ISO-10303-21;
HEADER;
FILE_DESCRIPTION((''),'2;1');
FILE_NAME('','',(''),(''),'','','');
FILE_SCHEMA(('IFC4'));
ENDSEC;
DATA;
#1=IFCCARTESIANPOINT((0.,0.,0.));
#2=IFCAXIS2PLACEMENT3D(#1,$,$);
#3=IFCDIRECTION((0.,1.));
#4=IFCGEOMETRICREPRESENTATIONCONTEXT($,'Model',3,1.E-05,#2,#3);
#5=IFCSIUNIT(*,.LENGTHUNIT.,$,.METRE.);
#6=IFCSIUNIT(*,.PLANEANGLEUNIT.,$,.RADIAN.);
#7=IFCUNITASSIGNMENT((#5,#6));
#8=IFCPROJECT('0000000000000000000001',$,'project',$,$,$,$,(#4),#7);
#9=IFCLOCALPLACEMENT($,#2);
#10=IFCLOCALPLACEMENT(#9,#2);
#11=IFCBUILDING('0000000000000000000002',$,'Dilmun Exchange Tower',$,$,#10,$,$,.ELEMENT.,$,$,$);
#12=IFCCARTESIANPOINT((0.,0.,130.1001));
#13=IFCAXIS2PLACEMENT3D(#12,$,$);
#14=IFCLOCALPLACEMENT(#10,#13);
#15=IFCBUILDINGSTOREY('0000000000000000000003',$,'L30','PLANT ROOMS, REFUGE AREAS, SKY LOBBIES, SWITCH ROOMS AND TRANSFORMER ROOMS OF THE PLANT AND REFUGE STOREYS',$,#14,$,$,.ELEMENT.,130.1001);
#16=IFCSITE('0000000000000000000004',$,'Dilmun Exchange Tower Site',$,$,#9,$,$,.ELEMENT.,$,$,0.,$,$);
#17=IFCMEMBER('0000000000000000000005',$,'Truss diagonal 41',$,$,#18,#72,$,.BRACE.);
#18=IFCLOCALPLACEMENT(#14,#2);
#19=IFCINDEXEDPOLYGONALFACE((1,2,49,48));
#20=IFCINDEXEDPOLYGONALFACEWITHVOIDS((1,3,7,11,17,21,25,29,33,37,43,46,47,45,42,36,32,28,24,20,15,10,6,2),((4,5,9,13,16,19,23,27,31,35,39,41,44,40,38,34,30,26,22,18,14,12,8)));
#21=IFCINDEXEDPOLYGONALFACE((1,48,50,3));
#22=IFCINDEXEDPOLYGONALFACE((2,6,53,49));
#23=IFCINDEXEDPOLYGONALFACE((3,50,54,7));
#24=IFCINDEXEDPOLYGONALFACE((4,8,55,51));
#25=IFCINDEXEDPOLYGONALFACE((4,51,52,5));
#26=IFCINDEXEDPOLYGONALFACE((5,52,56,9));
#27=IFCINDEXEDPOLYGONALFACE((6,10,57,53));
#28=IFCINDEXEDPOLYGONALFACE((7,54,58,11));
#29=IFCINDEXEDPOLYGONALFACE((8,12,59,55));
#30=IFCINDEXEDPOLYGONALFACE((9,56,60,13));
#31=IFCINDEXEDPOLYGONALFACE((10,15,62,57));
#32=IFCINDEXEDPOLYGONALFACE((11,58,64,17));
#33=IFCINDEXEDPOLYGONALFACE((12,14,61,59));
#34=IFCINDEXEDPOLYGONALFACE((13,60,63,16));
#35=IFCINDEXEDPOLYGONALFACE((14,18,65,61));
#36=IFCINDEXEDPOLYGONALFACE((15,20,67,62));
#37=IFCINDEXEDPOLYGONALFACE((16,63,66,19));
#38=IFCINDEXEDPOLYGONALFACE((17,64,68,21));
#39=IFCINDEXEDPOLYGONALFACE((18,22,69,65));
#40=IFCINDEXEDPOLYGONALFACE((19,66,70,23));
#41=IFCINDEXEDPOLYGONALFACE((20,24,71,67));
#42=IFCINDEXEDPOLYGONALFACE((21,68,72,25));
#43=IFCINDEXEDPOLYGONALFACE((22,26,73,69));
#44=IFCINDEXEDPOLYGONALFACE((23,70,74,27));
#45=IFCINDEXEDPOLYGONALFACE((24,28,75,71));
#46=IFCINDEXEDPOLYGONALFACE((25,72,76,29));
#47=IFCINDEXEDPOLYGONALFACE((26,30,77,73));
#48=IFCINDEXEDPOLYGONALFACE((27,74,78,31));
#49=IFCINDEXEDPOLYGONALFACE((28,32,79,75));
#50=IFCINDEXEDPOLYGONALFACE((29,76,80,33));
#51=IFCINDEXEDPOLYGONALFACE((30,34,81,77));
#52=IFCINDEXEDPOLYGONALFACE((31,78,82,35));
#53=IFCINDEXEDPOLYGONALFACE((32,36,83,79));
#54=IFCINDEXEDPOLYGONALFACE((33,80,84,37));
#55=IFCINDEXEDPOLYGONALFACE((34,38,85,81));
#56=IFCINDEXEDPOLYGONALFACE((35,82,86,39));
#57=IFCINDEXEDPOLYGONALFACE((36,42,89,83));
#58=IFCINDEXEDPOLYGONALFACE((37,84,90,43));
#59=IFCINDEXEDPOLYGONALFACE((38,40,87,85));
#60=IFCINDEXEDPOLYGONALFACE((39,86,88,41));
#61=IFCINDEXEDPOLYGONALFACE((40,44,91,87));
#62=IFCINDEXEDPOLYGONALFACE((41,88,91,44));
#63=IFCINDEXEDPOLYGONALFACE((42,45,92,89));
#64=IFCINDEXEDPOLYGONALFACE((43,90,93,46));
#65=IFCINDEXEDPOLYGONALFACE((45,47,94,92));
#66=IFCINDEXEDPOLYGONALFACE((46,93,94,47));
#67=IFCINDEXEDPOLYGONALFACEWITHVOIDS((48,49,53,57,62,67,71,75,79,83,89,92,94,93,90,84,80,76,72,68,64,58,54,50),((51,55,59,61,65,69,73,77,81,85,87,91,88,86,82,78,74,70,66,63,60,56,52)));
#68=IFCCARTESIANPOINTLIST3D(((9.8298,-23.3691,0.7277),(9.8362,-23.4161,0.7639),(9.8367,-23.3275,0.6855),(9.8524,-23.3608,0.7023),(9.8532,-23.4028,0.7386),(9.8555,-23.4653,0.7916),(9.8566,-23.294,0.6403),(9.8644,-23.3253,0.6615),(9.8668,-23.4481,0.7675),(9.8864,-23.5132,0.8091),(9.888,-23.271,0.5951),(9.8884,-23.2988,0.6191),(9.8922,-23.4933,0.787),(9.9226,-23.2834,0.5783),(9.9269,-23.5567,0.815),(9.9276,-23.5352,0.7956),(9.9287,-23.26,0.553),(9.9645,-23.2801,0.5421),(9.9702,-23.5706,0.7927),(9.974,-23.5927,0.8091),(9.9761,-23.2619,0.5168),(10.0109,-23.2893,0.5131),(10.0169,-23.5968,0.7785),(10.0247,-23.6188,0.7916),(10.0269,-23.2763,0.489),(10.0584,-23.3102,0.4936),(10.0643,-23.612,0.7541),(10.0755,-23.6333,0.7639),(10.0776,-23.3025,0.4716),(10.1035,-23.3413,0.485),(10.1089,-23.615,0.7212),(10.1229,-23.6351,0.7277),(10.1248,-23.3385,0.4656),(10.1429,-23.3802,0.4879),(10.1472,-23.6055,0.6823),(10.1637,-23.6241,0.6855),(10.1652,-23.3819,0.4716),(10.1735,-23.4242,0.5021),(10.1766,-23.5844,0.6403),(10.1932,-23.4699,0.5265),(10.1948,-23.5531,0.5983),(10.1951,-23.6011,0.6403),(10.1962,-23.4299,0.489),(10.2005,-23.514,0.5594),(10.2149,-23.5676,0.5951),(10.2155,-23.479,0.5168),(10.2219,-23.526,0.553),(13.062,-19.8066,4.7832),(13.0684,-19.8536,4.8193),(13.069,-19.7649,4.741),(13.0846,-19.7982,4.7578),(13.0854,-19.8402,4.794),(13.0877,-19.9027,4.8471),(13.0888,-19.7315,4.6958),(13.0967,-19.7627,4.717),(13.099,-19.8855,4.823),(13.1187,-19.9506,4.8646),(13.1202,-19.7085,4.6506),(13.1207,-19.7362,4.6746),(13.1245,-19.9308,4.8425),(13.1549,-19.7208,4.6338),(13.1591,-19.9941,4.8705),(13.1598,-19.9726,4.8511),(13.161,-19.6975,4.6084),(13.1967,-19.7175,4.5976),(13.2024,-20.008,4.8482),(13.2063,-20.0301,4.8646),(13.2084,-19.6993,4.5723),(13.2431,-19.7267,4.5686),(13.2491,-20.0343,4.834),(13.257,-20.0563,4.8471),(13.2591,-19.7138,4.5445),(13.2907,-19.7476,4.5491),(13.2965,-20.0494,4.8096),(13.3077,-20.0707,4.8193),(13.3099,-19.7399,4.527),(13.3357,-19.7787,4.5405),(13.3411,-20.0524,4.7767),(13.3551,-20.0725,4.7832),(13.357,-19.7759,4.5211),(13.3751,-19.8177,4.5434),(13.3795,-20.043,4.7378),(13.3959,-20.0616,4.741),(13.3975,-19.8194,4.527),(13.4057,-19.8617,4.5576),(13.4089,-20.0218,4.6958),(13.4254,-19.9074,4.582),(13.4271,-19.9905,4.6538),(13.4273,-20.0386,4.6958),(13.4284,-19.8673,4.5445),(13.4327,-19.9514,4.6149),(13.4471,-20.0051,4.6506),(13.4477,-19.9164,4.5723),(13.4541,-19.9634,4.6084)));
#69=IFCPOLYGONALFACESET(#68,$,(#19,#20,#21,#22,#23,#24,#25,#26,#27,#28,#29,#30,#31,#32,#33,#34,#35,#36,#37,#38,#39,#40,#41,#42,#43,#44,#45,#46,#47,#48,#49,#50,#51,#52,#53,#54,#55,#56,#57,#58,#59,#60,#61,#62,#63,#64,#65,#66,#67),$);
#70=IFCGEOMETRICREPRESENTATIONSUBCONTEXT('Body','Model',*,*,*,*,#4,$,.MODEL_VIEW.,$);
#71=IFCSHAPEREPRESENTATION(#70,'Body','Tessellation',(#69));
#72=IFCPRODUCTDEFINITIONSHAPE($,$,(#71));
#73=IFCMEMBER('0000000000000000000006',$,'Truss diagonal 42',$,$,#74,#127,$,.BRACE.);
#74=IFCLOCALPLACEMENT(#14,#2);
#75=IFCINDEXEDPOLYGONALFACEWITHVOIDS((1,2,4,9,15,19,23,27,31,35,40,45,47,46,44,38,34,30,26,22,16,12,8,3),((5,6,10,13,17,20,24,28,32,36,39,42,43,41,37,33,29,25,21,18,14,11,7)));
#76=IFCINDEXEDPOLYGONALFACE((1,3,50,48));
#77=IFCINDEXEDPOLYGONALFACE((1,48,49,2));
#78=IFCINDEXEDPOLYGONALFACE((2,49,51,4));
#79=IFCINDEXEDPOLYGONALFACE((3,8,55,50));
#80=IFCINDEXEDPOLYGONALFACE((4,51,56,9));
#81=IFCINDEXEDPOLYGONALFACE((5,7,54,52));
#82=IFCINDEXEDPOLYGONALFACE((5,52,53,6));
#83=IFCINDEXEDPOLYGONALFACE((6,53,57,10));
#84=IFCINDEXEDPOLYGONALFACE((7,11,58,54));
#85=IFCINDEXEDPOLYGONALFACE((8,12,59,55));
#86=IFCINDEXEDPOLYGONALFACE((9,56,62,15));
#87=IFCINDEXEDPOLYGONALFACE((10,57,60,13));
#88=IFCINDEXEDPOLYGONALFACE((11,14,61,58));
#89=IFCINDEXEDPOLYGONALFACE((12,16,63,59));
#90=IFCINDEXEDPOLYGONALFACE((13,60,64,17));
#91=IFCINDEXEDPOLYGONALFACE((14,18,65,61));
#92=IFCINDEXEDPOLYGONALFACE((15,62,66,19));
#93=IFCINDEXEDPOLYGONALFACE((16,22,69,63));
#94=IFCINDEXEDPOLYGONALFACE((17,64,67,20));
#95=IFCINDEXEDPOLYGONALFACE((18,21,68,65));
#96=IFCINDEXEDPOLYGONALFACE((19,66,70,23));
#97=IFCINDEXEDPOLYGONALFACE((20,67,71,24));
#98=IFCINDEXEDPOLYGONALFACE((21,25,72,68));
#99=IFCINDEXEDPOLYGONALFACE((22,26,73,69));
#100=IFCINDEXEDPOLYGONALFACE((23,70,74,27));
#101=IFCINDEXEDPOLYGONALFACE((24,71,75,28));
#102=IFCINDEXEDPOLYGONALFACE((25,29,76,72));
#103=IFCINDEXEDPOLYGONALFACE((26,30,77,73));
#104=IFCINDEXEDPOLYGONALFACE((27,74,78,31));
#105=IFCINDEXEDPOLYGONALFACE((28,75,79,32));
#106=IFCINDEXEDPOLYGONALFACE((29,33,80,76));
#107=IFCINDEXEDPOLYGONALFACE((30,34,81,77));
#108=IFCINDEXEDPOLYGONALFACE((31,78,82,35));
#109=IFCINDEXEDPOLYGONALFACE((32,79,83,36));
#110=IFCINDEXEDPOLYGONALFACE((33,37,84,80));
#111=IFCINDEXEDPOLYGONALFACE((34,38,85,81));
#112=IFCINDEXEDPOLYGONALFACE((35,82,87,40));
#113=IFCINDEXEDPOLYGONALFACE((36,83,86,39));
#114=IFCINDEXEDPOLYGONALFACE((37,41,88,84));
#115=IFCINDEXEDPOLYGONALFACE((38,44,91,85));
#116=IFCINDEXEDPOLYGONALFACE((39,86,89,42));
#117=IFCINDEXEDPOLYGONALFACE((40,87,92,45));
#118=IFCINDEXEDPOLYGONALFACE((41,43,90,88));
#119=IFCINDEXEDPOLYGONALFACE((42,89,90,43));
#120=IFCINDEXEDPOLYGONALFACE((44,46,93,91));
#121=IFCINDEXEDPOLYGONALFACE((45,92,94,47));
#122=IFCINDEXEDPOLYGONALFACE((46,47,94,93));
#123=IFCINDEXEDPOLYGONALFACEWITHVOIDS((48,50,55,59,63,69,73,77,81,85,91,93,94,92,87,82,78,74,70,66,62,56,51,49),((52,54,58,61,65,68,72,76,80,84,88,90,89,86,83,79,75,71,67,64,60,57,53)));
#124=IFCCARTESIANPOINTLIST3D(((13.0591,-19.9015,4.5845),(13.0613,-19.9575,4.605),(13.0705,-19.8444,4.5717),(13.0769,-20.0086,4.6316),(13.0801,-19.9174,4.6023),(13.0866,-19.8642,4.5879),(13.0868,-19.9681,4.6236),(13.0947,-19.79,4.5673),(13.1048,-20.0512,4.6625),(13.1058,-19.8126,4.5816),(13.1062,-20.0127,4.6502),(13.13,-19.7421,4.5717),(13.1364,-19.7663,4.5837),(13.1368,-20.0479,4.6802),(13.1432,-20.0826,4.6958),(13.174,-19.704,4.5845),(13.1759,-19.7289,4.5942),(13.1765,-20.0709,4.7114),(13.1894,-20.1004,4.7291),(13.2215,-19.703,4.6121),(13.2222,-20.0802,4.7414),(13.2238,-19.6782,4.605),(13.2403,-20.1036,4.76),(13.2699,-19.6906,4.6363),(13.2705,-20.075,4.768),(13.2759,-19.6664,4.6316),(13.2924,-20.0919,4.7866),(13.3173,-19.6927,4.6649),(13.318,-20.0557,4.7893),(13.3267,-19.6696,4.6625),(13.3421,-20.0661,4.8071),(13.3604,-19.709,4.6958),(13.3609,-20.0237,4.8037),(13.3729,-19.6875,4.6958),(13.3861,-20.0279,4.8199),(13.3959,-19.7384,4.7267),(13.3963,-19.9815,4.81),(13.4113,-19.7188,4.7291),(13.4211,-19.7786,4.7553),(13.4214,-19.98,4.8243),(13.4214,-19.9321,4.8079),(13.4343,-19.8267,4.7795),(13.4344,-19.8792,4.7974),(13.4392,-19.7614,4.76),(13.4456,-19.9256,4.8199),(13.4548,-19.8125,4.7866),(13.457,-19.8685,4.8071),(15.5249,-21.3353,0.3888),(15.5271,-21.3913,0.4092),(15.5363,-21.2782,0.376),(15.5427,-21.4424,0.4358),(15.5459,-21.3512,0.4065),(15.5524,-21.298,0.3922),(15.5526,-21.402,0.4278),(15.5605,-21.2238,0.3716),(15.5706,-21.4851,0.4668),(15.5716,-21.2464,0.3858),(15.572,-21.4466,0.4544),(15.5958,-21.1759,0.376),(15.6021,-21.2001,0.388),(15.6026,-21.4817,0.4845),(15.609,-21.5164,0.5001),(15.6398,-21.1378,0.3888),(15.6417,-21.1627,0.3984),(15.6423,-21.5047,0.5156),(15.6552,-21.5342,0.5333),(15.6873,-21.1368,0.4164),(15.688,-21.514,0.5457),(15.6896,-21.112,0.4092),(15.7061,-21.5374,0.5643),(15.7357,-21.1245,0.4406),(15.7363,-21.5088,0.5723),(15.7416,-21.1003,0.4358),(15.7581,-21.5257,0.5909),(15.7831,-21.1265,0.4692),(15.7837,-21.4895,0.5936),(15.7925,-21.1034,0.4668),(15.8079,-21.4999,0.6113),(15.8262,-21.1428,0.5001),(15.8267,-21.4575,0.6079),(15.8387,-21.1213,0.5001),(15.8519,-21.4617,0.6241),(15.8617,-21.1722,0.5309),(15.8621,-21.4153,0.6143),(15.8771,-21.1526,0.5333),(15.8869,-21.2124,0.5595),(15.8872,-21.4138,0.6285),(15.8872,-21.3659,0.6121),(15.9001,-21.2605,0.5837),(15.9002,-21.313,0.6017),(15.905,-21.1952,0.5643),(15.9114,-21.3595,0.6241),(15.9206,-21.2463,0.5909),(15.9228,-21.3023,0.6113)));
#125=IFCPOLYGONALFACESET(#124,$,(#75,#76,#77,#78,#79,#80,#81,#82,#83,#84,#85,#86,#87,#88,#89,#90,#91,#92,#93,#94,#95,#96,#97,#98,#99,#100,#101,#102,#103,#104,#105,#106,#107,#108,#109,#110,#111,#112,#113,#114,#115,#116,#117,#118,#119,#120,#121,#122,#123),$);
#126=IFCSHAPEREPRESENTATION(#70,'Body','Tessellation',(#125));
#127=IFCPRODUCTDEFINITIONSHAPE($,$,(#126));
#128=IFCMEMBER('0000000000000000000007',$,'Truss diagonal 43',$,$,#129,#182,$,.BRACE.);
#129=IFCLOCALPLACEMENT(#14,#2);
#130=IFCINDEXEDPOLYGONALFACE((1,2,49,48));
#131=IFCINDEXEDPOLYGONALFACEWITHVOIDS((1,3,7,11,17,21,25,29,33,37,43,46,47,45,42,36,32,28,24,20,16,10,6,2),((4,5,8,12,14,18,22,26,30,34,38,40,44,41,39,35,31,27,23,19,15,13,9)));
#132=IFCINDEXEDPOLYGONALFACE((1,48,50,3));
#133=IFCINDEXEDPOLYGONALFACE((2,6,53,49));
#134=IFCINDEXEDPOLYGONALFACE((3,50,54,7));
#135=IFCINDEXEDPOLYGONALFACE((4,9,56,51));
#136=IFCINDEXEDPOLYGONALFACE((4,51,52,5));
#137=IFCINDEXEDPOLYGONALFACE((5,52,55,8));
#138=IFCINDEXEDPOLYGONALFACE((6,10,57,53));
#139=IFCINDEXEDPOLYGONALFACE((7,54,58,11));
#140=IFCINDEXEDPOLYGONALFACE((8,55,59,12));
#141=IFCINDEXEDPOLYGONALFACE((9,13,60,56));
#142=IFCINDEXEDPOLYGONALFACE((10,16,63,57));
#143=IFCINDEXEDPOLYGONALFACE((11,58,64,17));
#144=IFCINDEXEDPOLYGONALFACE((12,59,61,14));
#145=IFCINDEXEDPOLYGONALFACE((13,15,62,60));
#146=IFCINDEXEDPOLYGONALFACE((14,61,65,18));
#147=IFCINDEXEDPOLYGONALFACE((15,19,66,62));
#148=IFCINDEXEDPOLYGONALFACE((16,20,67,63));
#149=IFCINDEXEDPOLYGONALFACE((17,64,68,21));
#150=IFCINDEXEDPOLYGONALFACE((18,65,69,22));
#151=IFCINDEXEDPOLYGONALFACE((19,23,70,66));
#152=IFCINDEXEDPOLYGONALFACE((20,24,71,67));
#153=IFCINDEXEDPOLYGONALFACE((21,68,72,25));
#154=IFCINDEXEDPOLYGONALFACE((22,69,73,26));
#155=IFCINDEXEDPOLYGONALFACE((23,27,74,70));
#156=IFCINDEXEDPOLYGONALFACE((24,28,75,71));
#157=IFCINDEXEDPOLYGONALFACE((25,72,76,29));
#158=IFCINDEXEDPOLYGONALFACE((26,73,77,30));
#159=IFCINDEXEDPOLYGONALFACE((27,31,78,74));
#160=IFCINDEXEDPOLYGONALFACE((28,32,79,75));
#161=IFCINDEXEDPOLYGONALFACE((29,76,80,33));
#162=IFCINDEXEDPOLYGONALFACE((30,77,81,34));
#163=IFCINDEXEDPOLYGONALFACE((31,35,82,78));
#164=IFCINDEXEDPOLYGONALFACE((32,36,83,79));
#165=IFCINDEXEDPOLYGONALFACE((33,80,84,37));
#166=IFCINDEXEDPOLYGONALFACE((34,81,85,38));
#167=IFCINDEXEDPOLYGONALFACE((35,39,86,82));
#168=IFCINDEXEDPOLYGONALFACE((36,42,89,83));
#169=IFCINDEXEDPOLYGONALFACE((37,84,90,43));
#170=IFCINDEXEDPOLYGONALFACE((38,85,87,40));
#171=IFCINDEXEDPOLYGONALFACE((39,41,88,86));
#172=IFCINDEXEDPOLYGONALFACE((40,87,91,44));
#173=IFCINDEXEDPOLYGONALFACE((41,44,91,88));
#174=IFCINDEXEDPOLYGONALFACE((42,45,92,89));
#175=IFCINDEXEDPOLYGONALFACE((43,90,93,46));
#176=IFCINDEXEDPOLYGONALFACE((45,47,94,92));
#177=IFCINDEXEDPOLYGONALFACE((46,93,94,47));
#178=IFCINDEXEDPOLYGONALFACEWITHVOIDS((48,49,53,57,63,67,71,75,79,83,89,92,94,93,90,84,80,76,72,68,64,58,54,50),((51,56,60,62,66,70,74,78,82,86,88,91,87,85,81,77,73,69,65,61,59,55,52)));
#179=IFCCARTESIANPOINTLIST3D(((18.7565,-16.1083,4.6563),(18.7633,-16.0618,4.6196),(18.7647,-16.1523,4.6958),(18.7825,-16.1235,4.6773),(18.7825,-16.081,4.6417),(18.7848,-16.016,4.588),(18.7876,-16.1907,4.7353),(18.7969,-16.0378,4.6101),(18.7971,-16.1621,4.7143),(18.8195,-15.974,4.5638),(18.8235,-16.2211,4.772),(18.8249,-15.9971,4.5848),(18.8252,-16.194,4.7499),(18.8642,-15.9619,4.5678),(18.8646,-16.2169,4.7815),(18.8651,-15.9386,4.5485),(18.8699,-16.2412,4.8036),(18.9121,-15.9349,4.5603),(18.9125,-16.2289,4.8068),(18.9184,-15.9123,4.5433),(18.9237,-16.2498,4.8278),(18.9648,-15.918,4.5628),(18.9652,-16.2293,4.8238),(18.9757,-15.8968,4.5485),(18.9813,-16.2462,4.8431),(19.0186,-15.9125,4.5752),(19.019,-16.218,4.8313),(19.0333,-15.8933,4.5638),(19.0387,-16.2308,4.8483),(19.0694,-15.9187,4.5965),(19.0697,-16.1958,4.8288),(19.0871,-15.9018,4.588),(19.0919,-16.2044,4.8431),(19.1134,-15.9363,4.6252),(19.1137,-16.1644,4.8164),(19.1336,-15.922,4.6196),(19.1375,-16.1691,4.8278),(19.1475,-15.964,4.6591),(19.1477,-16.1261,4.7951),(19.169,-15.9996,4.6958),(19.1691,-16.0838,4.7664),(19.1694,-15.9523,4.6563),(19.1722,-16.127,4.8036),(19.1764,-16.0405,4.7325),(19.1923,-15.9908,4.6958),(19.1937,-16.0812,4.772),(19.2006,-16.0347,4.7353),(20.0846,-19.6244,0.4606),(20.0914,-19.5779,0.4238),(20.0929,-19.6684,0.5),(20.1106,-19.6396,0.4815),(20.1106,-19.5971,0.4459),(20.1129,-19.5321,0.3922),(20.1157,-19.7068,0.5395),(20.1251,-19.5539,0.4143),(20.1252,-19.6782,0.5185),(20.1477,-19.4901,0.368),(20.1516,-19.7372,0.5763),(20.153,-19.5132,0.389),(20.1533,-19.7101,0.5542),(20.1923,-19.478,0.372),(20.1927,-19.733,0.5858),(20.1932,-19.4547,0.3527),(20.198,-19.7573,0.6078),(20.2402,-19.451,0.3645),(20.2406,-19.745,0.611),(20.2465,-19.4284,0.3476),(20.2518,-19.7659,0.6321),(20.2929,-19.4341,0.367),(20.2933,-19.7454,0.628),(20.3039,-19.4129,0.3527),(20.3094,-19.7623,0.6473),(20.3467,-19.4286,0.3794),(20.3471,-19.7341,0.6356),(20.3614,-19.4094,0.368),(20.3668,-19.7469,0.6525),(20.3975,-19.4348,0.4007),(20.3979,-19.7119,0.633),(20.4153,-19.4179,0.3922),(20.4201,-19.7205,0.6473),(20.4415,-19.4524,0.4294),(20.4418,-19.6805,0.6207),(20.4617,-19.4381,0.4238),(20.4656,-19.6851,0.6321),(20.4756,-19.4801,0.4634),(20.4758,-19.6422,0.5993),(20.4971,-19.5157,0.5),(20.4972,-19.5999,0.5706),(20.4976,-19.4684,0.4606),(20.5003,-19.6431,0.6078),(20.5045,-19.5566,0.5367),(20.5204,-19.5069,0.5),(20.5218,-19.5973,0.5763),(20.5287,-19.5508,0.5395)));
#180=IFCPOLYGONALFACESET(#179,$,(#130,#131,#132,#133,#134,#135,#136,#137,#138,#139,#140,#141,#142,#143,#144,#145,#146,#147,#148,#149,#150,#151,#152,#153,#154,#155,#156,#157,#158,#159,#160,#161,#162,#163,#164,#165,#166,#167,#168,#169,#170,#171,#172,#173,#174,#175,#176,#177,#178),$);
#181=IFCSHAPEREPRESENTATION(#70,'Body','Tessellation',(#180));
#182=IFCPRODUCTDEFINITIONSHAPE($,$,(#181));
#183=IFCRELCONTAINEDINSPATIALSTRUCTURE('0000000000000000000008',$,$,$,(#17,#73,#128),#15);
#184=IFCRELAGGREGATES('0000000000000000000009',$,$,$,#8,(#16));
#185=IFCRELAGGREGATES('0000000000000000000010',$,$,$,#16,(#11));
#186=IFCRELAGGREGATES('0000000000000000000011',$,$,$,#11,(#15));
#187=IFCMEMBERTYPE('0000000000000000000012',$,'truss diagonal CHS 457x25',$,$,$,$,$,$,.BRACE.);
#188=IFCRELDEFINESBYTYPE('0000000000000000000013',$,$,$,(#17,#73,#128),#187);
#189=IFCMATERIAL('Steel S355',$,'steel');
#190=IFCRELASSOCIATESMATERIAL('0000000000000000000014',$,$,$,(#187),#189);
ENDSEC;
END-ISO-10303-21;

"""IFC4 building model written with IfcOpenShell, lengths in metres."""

from ifc_helpers import new_model, si_unit, direction, frame, origin, origin_2d, place, context, subcontext, project, spatial, hollow_circle, extrude, material, material_profile, profile_set, type_object, element, save


model = new_model("IFC4")

# Units and contexts
model_context = context("Model", 3, precision=1e-05, world=origin(), true_north=direction((0.0, 1.0)))
body_context = subcontext(model_context, "Body", "Model", "MODEL_VIEW")
ifc_project = project(units=[si_unit("LENGTHUNIT", "METRE"), si_unit("PLANEANGLEUNIT", "RADIAN")], contexts=[model_context])

# Site, building, storey
site_placement = place(None, origin())
site = spatial("IfcSite", under=ifc_project, at=site_placement, Name="Dilmun Exchange Tower Site", CompositionType="ELEMENT", RefElevation=0.0)
building_placement = place(site_placement, origin())
building = spatial("IfcBuilding", under=site, at=building_placement, Name="Dilmun Exchange Tower", CompositionType="ELEMENT")
storey_placement = place(building_placement, frame((0.0, 0.0, 130.1001)))
storey = spatial("IfcBuildingStorey", under=building, at=storey_placement, Name="L30", Description="PLANT ROOMS, REFUGE AREAS, SKY LOBBIES, SWITCH ROOMS AND TRANSFORMER ROOMS OF THE PLANT AND REFUGE STOREYS", CompositionType="ELEMENT", Elevation=130.1001)

# Shared definitions
ifc_material_1 = material(Name="Steel S355", Category="steel")

# Members
ifc_material_profile_1 = material_profile(ifc_material_1, hollow_circle(Radius=0.2285, WallThickness=0.0249, at=origin_2d()), Name="CHS 457x25")
ifc_profile_set_1 = profile_set([ifc_material_profile_1], Name="Steel S355")
member_type = type_object("IfcMemberType", Name="truss diagonal CHS 457x25", PredefinedType="BRACE", material=ifc_profile_set_1)
member_1_placement = place(storey_placement, frame((13.2581, -19.885, 4.6958), z_axis=(-0.513725, -0.566227, -0.644572), x_axis=(0.740608, -0.671937, 0.0)))
element("IfcMember", 1, at=member_1_placement, inside=storey, type_object=member_type, Name="Truss diagonal 41", PredefinedType="BRACE", context=body_context, shape_type="SweptSolid", body=[
    extrude(hollow_circle(Radius=0.2285, WallThickness=0.0249, at=origin_2d()), origin(), (0.0, 0.0, 1.0), 6.2917),
])
member_2_placement = place(storey_placement, frame((13.2581, -19.885, 4.6958), z_axis=(0.486015, -0.28261, -0.826995), x_axis=(0.502678, 0.864473, 0.0)))
element("IfcMember", 2, at=member_2_placement, inside=storey, type_object=member_type, Name="Truss diagonal 42", PredefinedType="BRACE", context=body_context, shape_type="SweptSolid", body=[
    extrude(hollow_circle(Radius=0.2285, WallThickness=0.0249, at=origin_2d()), origin(), (0.0, 0.0, 1.0), 5.0735),
])
member_3_placement = place(storey_placement, frame((18.9785, -16.0715, 4.6958), z_axis=(0.235772, -0.624189, -0.744849), x_axis=(0.935488, 0.353358, 0.0)))
element("IfcMember", 3, at=member_3_placement, inside=storey, type_object=member_type, Name="Truss diagonal 43", PredefinedType="BRACE", context=body_context, shape_type="SweptSolid", body=[
    extrude(hollow_circle(Radius=0.2285, WallThickness=0.0249, at=origin_2d()), origin(), (0.0, 0.0, 1.0), 5.6331),
])

save(model, "model.ifc")
